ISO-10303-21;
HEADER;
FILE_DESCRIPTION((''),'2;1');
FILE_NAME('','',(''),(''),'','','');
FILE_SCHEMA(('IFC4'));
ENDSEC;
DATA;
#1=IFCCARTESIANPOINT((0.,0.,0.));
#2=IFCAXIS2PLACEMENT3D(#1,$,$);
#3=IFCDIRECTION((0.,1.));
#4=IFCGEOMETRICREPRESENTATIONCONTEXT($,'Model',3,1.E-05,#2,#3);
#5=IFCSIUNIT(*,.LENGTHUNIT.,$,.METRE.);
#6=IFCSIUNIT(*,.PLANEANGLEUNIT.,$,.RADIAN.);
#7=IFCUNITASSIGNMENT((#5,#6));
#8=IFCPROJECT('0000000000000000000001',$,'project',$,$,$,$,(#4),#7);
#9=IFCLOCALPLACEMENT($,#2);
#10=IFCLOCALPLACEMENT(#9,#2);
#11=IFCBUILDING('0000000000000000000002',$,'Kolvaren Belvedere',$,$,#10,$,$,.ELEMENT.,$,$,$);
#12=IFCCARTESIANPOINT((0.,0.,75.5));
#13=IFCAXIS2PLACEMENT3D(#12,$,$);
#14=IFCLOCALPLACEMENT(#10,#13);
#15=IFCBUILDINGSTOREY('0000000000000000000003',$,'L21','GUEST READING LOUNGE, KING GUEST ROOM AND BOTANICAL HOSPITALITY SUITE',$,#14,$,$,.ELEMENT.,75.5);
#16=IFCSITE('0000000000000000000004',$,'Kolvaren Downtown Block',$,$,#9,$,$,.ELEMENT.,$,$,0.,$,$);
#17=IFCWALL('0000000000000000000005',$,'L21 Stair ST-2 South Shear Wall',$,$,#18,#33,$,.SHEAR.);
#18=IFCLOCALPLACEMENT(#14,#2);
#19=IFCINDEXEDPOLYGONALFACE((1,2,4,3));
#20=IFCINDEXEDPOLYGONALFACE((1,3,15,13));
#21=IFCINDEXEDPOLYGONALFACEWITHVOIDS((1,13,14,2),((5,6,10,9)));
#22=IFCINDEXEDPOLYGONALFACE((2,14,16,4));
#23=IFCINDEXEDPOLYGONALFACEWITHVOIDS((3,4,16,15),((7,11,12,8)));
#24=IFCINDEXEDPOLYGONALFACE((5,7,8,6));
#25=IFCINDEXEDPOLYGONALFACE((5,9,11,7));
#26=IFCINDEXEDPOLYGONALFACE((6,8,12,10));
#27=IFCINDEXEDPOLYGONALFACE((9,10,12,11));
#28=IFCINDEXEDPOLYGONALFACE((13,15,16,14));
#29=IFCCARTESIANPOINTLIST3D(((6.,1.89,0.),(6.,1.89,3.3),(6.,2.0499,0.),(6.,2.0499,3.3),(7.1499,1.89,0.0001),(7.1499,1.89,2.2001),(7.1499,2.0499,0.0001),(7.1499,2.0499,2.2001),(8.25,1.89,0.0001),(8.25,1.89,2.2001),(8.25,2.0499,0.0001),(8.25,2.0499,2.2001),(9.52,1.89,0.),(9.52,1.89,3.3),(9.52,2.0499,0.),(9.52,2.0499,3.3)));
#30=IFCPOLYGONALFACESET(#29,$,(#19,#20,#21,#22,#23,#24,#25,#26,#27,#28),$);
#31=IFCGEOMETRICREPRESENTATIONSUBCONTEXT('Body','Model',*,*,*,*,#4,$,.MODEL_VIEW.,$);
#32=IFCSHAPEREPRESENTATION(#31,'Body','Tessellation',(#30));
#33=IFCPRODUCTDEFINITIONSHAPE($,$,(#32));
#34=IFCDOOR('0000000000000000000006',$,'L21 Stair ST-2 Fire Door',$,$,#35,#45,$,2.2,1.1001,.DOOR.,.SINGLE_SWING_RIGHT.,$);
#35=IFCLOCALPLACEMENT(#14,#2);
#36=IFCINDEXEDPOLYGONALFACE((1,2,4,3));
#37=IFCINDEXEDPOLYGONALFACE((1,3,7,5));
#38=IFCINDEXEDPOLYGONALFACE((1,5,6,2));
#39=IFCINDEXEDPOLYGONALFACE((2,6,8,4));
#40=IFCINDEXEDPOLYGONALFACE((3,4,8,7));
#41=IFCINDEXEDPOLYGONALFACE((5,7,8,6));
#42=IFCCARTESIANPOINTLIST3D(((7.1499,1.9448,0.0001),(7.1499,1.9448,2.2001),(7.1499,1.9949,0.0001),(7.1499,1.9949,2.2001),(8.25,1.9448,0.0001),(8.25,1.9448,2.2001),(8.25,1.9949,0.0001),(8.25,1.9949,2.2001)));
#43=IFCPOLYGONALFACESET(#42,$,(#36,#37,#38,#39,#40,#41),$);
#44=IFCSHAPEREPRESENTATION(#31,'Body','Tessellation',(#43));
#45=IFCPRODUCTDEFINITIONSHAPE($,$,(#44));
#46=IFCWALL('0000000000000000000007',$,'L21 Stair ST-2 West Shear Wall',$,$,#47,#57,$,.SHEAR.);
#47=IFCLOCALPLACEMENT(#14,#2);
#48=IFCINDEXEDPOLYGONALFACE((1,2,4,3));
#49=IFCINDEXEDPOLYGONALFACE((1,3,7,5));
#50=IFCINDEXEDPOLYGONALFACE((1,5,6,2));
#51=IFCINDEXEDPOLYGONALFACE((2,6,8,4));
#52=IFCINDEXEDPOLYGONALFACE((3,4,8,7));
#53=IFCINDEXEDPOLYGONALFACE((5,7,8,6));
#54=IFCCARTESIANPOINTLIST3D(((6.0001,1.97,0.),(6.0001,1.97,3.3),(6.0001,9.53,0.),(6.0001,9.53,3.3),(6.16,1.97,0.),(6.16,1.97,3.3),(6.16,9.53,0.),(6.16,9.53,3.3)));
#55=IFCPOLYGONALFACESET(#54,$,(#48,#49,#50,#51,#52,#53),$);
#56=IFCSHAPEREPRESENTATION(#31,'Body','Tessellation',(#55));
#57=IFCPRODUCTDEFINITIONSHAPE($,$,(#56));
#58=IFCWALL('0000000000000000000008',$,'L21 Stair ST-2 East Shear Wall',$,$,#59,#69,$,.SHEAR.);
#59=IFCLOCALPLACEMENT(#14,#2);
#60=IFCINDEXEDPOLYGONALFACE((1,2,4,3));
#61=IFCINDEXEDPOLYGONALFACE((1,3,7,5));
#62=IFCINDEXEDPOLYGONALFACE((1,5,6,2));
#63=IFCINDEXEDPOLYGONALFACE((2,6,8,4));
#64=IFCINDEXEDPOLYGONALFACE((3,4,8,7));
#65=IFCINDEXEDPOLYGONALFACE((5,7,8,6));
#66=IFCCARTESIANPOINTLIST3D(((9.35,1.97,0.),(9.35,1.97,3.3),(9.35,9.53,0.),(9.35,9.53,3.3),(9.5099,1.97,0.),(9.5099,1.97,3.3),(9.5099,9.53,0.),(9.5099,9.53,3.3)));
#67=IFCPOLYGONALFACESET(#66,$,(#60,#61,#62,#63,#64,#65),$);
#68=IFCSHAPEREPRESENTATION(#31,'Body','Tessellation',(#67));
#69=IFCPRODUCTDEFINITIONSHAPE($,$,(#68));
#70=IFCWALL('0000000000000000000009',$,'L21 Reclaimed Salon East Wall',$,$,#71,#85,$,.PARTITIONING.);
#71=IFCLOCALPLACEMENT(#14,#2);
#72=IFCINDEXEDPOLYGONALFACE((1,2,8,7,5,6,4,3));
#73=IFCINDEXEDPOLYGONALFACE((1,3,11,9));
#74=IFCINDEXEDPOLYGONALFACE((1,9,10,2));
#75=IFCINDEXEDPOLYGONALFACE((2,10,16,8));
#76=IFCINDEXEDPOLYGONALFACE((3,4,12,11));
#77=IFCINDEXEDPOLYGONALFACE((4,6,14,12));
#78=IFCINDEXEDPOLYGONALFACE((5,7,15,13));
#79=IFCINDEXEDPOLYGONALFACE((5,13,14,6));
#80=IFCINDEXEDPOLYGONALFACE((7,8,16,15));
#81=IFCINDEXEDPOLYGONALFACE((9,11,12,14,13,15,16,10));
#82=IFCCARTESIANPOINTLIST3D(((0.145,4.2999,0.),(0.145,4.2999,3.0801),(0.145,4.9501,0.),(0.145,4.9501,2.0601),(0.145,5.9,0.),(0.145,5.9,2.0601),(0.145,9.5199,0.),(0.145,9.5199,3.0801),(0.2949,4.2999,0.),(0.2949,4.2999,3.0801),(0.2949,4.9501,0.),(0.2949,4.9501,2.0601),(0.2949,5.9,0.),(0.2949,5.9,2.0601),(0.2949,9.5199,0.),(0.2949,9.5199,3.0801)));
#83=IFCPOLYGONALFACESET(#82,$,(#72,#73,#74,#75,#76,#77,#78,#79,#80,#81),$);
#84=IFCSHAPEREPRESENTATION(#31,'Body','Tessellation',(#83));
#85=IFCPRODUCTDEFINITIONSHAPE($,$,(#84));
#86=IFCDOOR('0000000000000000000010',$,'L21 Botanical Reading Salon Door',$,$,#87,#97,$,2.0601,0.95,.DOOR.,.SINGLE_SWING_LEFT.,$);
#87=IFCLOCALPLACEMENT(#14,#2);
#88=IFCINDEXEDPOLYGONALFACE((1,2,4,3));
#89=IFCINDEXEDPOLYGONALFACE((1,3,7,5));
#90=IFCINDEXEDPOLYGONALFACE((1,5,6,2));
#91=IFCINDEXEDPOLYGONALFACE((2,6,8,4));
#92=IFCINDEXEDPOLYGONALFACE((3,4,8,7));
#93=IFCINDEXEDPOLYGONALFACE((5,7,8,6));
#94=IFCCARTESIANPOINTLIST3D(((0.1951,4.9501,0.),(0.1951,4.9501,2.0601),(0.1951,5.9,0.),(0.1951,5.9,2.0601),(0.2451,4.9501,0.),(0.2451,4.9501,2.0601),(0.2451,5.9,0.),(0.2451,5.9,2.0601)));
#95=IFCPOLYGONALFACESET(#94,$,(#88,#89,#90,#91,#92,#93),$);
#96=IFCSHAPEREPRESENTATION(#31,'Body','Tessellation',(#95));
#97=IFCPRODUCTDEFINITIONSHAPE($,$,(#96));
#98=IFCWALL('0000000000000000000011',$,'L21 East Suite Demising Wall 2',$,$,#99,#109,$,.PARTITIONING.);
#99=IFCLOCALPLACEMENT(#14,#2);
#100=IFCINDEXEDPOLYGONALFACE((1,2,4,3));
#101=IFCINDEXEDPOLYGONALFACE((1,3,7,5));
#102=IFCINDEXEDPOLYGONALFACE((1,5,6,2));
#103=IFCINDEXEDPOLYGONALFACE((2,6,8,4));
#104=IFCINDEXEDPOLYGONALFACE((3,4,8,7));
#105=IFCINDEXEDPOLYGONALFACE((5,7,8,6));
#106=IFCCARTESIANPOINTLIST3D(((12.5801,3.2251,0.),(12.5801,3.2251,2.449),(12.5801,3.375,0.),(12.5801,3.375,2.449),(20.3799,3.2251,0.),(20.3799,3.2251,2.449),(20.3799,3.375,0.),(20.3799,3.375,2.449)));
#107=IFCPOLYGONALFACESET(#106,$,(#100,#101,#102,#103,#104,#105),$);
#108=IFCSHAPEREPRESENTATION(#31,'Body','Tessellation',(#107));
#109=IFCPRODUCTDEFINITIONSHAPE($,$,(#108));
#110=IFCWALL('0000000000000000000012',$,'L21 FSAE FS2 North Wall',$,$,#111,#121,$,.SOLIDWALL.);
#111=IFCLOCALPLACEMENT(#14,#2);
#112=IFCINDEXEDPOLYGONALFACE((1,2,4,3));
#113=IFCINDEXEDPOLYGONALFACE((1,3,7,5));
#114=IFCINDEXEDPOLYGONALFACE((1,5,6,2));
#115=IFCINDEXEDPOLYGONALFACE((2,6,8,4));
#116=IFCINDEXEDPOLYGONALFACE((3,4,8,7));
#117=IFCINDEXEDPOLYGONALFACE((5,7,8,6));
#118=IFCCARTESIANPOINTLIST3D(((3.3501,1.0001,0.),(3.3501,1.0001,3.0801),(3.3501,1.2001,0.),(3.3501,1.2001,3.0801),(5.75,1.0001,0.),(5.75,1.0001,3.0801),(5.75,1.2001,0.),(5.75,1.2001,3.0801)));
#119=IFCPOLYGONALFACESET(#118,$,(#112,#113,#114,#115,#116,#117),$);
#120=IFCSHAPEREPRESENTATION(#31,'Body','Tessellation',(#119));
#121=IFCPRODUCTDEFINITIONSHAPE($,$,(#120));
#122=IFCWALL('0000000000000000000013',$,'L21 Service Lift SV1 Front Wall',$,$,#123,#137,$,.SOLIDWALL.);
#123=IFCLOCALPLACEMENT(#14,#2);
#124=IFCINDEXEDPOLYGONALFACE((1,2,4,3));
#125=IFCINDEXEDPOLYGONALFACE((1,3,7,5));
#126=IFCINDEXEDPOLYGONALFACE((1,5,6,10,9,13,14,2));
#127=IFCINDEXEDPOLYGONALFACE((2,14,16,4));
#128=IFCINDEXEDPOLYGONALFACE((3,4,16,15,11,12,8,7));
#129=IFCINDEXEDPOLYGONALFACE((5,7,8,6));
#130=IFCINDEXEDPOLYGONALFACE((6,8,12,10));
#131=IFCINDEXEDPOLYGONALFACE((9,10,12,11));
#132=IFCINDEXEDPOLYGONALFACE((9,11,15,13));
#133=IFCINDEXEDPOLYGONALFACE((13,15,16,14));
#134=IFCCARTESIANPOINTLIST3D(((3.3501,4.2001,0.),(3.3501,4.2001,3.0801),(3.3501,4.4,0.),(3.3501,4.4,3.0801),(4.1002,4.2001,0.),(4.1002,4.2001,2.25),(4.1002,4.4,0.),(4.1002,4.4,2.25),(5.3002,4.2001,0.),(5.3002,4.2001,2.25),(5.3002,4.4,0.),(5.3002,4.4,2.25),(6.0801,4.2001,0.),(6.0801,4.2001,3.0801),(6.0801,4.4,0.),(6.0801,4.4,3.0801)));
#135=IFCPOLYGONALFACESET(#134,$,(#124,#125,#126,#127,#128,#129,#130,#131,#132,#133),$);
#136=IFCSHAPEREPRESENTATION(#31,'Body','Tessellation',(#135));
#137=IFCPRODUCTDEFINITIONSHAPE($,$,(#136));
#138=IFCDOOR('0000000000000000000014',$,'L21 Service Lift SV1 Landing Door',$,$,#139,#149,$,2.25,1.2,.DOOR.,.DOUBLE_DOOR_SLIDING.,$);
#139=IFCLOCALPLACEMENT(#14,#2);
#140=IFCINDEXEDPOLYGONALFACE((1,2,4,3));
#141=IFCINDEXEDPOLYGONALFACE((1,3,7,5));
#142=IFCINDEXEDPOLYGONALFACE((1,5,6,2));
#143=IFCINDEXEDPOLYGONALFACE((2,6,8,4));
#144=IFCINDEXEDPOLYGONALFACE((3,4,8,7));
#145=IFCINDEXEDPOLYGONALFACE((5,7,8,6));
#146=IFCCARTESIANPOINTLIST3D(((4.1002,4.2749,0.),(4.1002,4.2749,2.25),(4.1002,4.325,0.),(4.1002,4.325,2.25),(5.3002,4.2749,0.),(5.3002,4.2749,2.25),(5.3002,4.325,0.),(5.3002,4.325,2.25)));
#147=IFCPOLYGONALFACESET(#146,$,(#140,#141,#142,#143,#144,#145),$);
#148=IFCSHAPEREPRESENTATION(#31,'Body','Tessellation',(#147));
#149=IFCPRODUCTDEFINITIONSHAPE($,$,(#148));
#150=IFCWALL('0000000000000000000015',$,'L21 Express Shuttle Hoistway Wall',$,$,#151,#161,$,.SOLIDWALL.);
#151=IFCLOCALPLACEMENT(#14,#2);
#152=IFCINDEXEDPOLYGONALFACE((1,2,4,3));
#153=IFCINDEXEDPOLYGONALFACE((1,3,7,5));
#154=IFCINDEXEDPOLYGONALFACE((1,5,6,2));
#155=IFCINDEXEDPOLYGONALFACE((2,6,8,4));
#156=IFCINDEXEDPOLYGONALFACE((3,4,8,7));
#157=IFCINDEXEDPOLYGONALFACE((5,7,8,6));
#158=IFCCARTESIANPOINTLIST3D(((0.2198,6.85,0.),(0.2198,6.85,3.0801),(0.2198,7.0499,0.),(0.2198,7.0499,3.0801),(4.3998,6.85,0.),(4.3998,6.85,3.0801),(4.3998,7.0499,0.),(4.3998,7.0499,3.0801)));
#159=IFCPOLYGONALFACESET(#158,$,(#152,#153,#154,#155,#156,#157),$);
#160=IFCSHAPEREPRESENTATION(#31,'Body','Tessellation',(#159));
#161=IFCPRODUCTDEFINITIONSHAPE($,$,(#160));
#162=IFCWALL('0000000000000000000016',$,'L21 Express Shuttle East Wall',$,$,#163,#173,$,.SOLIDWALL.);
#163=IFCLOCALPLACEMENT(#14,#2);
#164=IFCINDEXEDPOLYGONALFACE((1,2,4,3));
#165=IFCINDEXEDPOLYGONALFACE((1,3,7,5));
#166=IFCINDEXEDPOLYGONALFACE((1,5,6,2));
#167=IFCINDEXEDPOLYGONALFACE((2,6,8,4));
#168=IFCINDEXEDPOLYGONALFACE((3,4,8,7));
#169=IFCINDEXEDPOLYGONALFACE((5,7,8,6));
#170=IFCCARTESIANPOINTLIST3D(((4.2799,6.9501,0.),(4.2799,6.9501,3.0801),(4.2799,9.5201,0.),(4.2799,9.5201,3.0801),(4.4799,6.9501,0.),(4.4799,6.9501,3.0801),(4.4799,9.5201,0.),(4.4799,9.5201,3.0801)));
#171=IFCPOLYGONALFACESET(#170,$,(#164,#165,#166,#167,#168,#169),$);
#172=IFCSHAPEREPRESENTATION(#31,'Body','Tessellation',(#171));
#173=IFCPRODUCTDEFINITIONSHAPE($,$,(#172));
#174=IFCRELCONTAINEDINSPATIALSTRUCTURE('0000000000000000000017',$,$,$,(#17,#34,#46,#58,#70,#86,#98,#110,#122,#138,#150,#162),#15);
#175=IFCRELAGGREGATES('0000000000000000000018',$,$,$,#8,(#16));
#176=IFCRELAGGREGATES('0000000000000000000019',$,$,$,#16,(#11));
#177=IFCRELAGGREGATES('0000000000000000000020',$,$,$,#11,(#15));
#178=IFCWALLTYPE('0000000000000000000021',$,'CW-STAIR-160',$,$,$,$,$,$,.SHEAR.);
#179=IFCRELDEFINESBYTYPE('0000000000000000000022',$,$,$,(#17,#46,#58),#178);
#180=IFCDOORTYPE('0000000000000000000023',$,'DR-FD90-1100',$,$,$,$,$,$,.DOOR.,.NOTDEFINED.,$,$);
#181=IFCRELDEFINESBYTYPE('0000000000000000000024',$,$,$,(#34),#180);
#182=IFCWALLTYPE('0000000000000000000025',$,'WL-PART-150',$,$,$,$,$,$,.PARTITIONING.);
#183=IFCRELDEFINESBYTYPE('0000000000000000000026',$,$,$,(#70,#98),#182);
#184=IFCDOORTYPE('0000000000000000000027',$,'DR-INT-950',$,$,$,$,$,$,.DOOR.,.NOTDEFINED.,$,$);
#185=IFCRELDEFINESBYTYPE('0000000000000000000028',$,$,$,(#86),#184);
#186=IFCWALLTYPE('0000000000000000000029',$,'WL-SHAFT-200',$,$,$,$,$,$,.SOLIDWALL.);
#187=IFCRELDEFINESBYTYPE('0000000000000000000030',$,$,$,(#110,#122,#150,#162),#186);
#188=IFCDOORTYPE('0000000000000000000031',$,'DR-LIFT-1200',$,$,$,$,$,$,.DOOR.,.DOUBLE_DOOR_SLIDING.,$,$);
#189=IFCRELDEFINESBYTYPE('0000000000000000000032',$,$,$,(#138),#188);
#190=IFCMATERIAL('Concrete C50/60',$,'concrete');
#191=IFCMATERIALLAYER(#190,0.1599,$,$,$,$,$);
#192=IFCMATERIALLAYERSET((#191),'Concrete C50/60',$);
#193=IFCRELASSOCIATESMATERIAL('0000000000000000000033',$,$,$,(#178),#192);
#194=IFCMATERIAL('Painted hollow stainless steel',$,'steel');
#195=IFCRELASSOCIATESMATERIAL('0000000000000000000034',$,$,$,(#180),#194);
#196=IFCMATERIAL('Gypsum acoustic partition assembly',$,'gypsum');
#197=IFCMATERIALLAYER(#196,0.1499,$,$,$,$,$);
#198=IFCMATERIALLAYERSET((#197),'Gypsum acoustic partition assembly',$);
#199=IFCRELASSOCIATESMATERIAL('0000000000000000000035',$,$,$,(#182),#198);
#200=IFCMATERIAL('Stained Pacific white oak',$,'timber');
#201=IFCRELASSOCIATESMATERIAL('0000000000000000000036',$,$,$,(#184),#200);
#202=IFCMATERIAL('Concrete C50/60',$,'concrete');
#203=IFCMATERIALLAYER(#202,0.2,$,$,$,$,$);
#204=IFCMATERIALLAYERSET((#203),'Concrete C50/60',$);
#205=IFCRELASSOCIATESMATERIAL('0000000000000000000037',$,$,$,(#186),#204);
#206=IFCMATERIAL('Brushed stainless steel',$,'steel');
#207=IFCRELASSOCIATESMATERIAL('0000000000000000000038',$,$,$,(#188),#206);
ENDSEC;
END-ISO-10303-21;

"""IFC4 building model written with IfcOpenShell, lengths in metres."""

from ifc_helpers import new_model, si_unit, direction, frame, frame_2d, origin, place, context, subcontext, project, spatial, rectangle, extrude, material, layer, layer_set, type_object, element, fill, save


model = new_model("IFC4")

# Units and contexts
model_context = context("Model", 3, precision=1e-05, world=origin(), true_north=direction((0.0, 1.0)))
body_context = subcontext(model_context, "Body", "Model", "MODEL_VIEW")
ifc_project = project(units=[si_unit("LENGTHUNIT", "METRE"), si_unit("PLANEANGLEUNIT", "RADIAN")], contexts=[model_context])

# Site, building, storey
site_placement = place(None, origin())
site = spatial("IfcSite", under=ifc_project, at=site_placement, Name="Kolvaren Downtown Block", CompositionType="ELEMENT", RefElevation=0.0)
building_placement = place(site_placement, origin())
building = spatial("IfcBuilding", under=site, at=building_placement, Name="Kolvaren Belvedere", CompositionType="ELEMENT")
storey_placement = place(building_placement, frame((0.0, 0.0, 75.5)))
storey = spatial("IfcBuildingStorey", under=building, at=storey_placement, Name="L21", Description="GUEST READING LOUNGE, KING GUEST ROOM AND BOTANICAL HOSPITALITY SUITE", CompositionType="ELEMENT", Elevation=75.5)

# Wall, opening, door
ifc_material_1 = material(Name="Concrete C50/60", Category="concrete")
ifc_layer_1 = layer(ifc_material_1, 0.1599)
ifc_layer_set_1 = layer_set([ifc_layer_1], Name="Concrete C50/60")
wall_type_1 = type_object("IfcWallType", Name="CW-STAIR-160", PredefinedType="SHEAR", material=ifc_layer_set_1)
wall_1_placement = place(storey_placement, frame((6.0, 1.97, 0.0), z_axis=(0.0, 0.0, 1.0), x_axis=(1.0, 0.0, 0.0)))
wall_1 = element("IfcWall", 1, at=wall_1_placement, inside=storey, type_object=wall_type_1, Name="L21 Stair ST-2 South Shear Wall", PredefinedType="SHEAR", context=body_context, shape_type="SweptSolid", body=[
    extrude(rectangle(XDim=3.52, YDim=0.1599, at=frame_2d((1.76, 0.0))), origin(), (0.0, 0.0, 1.0), 3.3),
])
opening_1_placement = place(wall_1_placement, frame((1.1499, 0.0, 0.0)))
opening_1 = element("IfcOpeningElement", 2, at=opening_1_placement, cuts=wall_1, PredefinedType="OPENING", context=body_context, shape_type="SweptSolid", body=[
    extrude(rectangle(XDim=1.1001, YDim=2.2, at=frame_2d((0.55, 1.1001))), frame((0.0, 0.0898, 0.0), z_axis=(0.0, -1.0, 0.0), x_axis=(1.0, 0.0, 0.0)), (0.0, 0.0, 1.0), 0.1799),
])
ifc_material_2 = material(Name="Painted hollow stainless steel", Category="steel")
door_type_1 = type_object("IfcDoorType", Name="DR-FD90-1100", OperationType="NOTDEFINED", PredefinedType="DOOR", material=ifc_material_2)
door_1_placement = place(opening_1_placement, origin())
door_1 = element("IfcDoor", 3, at=door_1_placement, inside=storey, type_object=door_type_1, Name="L21 Stair ST-2 Fire Door", OperationType="SINGLE_SWING_RIGHT", OverallHeight=2.2, OverallWidth=1.1001, PredefinedType="DOOR", context=body_context, shape_type="SweptSolid", body=[
    extrude(rectangle(XDim=1.1001, YDim=2.2, at=frame_2d((0.55, 1.1001))), frame((0.0, 0.0249, 0.0), z_axis=(0.0, -1.0, 0.0), x_axis=(1.0, 0.0, 0.0)), (0.0, 0.0, 1.0), 0.05),
])
fill(opening_1, door_1)

# Walls
for number, where, z_axis, x_axis, name in (
    (4, (6.0801, 1.97, 0.0), (0.0, 0.0, 1.0), (0.0, 1.0, 0.0), "L21 Stair ST-2 West Shear Wall"),
    (5, (9.4299, 1.97, 0.0), (0.0, 0.0, 1.0), (0.0, 1.0, 0.0), "L21 Stair ST-2 East Shear Wall"),
):
    element("IfcWall", number, at=place(storey_placement, frame(where, z_axis=z_axis, x_axis=x_axis)), inside=storey, type_object=wall_type_1, Name=name, PredefinedType="SHEAR", context=body_context, shape_type="SweptSolid", body=[
        extrude(rectangle(XDim=7.5601, YDim=0.1599, at=frame_2d((3.78, 0.0))), origin(), (0.0, 0.0, 1.0), 3.3),
    ])

# Wall, opening, door
ifc_material_3 = material(Name="Gypsum acoustic partition assembly", Category="gypsum")
ifc_layer_2 = layer(ifc_material_3, 0.1499)
ifc_layer_set_2 = layer_set([ifc_layer_2], Name="Gypsum acoustic partition assembly")
wall_type_2 = type_object("IfcWallType", Name="WL-PART-150", PredefinedType="PARTITIONING", material=ifc_layer_set_2)
wall_2_placement = place(storey_placement, frame((0.22, 4.3, 0.0), z_axis=(0.0, 0.0, 1.0), x_axis=(0.0, 1.0, 0.0)))
wall_2 = element("IfcWall", 6, at=wall_2_placement, inside=storey, type_object=wall_type_2, Name="L21 Reclaimed Salon East Wall", PredefinedType="PARTITIONING", context=body_context, shape_type="SweptSolid", body=[
    extrude(rectangle(XDim=5.22, YDim=0.1499, at=frame_2d((2.6099, 0.0))), origin(), (0.0, 0.0, 1.0), 3.0801),
])
opening_2_placement = place(wall_2_placement, frame((0.6499, 0.0, 0.0)))
opening_2 = element("IfcOpeningElement", 7, at=opening_2_placement, cuts=wall_2, PredefinedType="OPENING", context=body_context, shape_type="SweptSolid", body=[
    extrude(rectangle(XDim=0.95, YDim=2.0601, at=frame_2d((0.4751, 1.03))), frame((0.0, 0.085, 0.0), z_axis=(0.0, -1.0, 0.0), x_axis=(1.0, 0.0, 0.0)), (0.0, 0.0, 1.0), 0.1699),
])
ifc_material_4 = material(Name="Stained Pacific white oak", Category="timber")
door_type_2 = type_object("IfcDoorType", Name="DR-INT-950", OperationType="NOTDEFINED", PredefinedType="DOOR", material=ifc_material_4)
door_2_placement = place(opening_2_placement, origin())
door_2 = element("IfcDoor", 8, at=door_2_placement, inside=storey, type_object=door_type_2, Name="L21 Botanical Reading Salon Door", OperationType="SINGLE_SWING_LEFT", OverallHeight=2.0601, OverallWidth=0.95, PredefinedType="DOOR", context=body_context, shape_type="SweptSolid", body=[
    extrude(rectangle(XDim=0.95, YDim=2.0601, at=frame_2d((0.4751, 1.03))), frame((0.0, 0.0249, 0.0), z_axis=(0.0, -1.0, 0.0), x_axis=(1.0, 0.0, 0.0)), (0.0, 0.0, 1.0), 0.05),
])
fill(opening_2, door_2)

# Walls
wall_3_placement = place(storey_placement, frame((12.5801, 3.3, 0.0), z_axis=(0.0, 0.0, 1.0), x_axis=(1.0, 0.0, 0.0)))
element("IfcWall", 9, at=wall_3_placement, inside=storey, type_object=wall_type_2, Name="L21 East Suite Demising Wall 2", PredefinedType="PARTITIONING", context=body_context, shape_type="SweptSolid", body=[
    extrude(rectangle(XDim=7.7998, YDim=0.1499, at=frame_2d((3.8999, 0.0))), origin(), (0.0, 0.0, 1.0), 2.449),
])
ifc_material_5 = material(Name="Concrete C50/60", Category="concrete")
ifc_layer_3 = layer(ifc_material_5, 0.2)
ifc_layer_set_3 = layer_set([ifc_layer_3], Name="Concrete C50/60")
wall_type_3 = type_object("IfcWallType", Name="WL-SHAFT-200", PredefinedType="SOLIDWALL", material=ifc_layer_set_3)
wall_4_placement = place(storey_placement, frame((3.3501, 1.1001, 0.0), z_axis=(0.0, 0.0, 1.0), x_axis=(1.0, 0.0, 0.0)))
element("IfcWall", 10, at=wall_4_placement, inside=storey, type_object=wall_type_3, Name="L21 FSAE FS2 North Wall", PredefinedType="SOLIDWALL", context=body_context, shape_type="SweptSolid", body=[
    extrude(rectangle(XDim=2.3999, YDim=0.2, at=frame_2d((1.2, 0.0))), origin(), (0.0, 0.0, 1.0), 3.0801),
])

# Wall, opening, door
wall_5_placement = place(storey_placement, frame((3.3501, 4.3, 0.0), z_axis=(0.0, 0.0, 1.0), x_axis=(1.0, 0.0, 0.0)))
wall_5 = element("IfcWall", 11, at=wall_5_placement, inside=storey, type_object=wall_type_3, Name="L21 Service Lift SV1 Front Wall", PredefinedType="SOLIDWALL", context=body_context, shape_type="SweptSolid", body=[
    extrude(rectangle(XDim=2.73, YDim=0.2, at=frame_2d((1.365, 0.0))), origin(), (0.0, 0.0, 1.0), 3.0801),
])
opening_3_placement = place(wall_5_placement, frame((0.75, 0.0, 0.0)))
opening_3 = element("IfcOpeningElement", 12, at=opening_3_placement, cuts=wall_5, PredefinedType="OPENING", context=body_context, shape_type="SweptSolid", body=[
    extrude(rectangle(XDim=1.2, YDim=2.25, at=frame_2d((0.6001, 1.125))), frame((0.0, 0.1099, 0.0), z_axis=(0.0, -1.0, 0.0), x_axis=(1.0, 0.0, 0.0)), (0.0, 0.0, 1.0), 0.22),
])
ifc_material_6 = material(Name="Brushed stainless steel", Category="steel")
door_type_3 = type_object("IfcDoorType", Name="DR-LIFT-1200", OperationType="DOUBLE_DOOR_SLIDING", PredefinedType="DOOR", material=ifc_material_6)
door_3_placement = place(opening_3_placement, origin())
door_3 = element("IfcDoor", 13, at=door_3_placement, inside=storey, type_object=door_type_3, Name="L21 Service Lift SV1 Landing Door", OperationType="DOUBLE_DOOR_SLIDING", OverallHeight=2.25, OverallWidth=1.2, PredefinedType="DOOR", context=body_context, shape_type="SweptSolid", body=[
    extrude(rectangle(XDim=1.2, YDim=2.25, at=frame_2d((0.6001, 1.125))), frame((0.0, 0.0249, 0.0), z_axis=(0.0, -1.0, 0.0), x_axis=(1.0, 0.0, 0.0)), (0.0, 0.0, 1.0), 0.05),
])
fill(opening_3, door_3)

# Walls
wall_6_placement = place(storey_placement, frame((0.22, 6.95, 0.0), z_axis=(0.0, 0.0, 1.0), x_axis=(1.0, 0.0, 0.0)))
element("IfcWall", 14, at=wall_6_placement, inside=storey, type_object=wall_type_3, Name="L21 Express Shuttle Hoistway Wall", PredefinedType="SOLIDWALL", context=body_context, shape_type="SweptSolid", body=[
    extrude(rectangle(XDim=4.1799, YDim=0.2, at=frame_2d((2.0898, 0.0))), origin(), (0.0, 0.0, 1.0), 3.0801),
])
for number, where, z_axis, x_axis, name in (
    (15, (4.3799, 6.95, 0.0), (0.0, 0.0, 1.0), (0.0, 1.0, 0.0), "L21 Express Shuttle East Wall"),
):
    element("IfcWall", number, at=place(storey_placement, frame(where, z_axis=z_axis, x_axis=x_axis)), inside=storey, type_object=wall_type_3, Name=name, PredefinedType="SOLIDWALL", context=body_context, shape_type="SweptSolid", body=[
        extrude(rectangle(XDim=2.5701, YDim=0.2, at=frame_2d((1.2852, 0.0))), origin(), (0.0, 0.0, 1.0), 3.0801),
    ])

save(model, "model.ifc")
